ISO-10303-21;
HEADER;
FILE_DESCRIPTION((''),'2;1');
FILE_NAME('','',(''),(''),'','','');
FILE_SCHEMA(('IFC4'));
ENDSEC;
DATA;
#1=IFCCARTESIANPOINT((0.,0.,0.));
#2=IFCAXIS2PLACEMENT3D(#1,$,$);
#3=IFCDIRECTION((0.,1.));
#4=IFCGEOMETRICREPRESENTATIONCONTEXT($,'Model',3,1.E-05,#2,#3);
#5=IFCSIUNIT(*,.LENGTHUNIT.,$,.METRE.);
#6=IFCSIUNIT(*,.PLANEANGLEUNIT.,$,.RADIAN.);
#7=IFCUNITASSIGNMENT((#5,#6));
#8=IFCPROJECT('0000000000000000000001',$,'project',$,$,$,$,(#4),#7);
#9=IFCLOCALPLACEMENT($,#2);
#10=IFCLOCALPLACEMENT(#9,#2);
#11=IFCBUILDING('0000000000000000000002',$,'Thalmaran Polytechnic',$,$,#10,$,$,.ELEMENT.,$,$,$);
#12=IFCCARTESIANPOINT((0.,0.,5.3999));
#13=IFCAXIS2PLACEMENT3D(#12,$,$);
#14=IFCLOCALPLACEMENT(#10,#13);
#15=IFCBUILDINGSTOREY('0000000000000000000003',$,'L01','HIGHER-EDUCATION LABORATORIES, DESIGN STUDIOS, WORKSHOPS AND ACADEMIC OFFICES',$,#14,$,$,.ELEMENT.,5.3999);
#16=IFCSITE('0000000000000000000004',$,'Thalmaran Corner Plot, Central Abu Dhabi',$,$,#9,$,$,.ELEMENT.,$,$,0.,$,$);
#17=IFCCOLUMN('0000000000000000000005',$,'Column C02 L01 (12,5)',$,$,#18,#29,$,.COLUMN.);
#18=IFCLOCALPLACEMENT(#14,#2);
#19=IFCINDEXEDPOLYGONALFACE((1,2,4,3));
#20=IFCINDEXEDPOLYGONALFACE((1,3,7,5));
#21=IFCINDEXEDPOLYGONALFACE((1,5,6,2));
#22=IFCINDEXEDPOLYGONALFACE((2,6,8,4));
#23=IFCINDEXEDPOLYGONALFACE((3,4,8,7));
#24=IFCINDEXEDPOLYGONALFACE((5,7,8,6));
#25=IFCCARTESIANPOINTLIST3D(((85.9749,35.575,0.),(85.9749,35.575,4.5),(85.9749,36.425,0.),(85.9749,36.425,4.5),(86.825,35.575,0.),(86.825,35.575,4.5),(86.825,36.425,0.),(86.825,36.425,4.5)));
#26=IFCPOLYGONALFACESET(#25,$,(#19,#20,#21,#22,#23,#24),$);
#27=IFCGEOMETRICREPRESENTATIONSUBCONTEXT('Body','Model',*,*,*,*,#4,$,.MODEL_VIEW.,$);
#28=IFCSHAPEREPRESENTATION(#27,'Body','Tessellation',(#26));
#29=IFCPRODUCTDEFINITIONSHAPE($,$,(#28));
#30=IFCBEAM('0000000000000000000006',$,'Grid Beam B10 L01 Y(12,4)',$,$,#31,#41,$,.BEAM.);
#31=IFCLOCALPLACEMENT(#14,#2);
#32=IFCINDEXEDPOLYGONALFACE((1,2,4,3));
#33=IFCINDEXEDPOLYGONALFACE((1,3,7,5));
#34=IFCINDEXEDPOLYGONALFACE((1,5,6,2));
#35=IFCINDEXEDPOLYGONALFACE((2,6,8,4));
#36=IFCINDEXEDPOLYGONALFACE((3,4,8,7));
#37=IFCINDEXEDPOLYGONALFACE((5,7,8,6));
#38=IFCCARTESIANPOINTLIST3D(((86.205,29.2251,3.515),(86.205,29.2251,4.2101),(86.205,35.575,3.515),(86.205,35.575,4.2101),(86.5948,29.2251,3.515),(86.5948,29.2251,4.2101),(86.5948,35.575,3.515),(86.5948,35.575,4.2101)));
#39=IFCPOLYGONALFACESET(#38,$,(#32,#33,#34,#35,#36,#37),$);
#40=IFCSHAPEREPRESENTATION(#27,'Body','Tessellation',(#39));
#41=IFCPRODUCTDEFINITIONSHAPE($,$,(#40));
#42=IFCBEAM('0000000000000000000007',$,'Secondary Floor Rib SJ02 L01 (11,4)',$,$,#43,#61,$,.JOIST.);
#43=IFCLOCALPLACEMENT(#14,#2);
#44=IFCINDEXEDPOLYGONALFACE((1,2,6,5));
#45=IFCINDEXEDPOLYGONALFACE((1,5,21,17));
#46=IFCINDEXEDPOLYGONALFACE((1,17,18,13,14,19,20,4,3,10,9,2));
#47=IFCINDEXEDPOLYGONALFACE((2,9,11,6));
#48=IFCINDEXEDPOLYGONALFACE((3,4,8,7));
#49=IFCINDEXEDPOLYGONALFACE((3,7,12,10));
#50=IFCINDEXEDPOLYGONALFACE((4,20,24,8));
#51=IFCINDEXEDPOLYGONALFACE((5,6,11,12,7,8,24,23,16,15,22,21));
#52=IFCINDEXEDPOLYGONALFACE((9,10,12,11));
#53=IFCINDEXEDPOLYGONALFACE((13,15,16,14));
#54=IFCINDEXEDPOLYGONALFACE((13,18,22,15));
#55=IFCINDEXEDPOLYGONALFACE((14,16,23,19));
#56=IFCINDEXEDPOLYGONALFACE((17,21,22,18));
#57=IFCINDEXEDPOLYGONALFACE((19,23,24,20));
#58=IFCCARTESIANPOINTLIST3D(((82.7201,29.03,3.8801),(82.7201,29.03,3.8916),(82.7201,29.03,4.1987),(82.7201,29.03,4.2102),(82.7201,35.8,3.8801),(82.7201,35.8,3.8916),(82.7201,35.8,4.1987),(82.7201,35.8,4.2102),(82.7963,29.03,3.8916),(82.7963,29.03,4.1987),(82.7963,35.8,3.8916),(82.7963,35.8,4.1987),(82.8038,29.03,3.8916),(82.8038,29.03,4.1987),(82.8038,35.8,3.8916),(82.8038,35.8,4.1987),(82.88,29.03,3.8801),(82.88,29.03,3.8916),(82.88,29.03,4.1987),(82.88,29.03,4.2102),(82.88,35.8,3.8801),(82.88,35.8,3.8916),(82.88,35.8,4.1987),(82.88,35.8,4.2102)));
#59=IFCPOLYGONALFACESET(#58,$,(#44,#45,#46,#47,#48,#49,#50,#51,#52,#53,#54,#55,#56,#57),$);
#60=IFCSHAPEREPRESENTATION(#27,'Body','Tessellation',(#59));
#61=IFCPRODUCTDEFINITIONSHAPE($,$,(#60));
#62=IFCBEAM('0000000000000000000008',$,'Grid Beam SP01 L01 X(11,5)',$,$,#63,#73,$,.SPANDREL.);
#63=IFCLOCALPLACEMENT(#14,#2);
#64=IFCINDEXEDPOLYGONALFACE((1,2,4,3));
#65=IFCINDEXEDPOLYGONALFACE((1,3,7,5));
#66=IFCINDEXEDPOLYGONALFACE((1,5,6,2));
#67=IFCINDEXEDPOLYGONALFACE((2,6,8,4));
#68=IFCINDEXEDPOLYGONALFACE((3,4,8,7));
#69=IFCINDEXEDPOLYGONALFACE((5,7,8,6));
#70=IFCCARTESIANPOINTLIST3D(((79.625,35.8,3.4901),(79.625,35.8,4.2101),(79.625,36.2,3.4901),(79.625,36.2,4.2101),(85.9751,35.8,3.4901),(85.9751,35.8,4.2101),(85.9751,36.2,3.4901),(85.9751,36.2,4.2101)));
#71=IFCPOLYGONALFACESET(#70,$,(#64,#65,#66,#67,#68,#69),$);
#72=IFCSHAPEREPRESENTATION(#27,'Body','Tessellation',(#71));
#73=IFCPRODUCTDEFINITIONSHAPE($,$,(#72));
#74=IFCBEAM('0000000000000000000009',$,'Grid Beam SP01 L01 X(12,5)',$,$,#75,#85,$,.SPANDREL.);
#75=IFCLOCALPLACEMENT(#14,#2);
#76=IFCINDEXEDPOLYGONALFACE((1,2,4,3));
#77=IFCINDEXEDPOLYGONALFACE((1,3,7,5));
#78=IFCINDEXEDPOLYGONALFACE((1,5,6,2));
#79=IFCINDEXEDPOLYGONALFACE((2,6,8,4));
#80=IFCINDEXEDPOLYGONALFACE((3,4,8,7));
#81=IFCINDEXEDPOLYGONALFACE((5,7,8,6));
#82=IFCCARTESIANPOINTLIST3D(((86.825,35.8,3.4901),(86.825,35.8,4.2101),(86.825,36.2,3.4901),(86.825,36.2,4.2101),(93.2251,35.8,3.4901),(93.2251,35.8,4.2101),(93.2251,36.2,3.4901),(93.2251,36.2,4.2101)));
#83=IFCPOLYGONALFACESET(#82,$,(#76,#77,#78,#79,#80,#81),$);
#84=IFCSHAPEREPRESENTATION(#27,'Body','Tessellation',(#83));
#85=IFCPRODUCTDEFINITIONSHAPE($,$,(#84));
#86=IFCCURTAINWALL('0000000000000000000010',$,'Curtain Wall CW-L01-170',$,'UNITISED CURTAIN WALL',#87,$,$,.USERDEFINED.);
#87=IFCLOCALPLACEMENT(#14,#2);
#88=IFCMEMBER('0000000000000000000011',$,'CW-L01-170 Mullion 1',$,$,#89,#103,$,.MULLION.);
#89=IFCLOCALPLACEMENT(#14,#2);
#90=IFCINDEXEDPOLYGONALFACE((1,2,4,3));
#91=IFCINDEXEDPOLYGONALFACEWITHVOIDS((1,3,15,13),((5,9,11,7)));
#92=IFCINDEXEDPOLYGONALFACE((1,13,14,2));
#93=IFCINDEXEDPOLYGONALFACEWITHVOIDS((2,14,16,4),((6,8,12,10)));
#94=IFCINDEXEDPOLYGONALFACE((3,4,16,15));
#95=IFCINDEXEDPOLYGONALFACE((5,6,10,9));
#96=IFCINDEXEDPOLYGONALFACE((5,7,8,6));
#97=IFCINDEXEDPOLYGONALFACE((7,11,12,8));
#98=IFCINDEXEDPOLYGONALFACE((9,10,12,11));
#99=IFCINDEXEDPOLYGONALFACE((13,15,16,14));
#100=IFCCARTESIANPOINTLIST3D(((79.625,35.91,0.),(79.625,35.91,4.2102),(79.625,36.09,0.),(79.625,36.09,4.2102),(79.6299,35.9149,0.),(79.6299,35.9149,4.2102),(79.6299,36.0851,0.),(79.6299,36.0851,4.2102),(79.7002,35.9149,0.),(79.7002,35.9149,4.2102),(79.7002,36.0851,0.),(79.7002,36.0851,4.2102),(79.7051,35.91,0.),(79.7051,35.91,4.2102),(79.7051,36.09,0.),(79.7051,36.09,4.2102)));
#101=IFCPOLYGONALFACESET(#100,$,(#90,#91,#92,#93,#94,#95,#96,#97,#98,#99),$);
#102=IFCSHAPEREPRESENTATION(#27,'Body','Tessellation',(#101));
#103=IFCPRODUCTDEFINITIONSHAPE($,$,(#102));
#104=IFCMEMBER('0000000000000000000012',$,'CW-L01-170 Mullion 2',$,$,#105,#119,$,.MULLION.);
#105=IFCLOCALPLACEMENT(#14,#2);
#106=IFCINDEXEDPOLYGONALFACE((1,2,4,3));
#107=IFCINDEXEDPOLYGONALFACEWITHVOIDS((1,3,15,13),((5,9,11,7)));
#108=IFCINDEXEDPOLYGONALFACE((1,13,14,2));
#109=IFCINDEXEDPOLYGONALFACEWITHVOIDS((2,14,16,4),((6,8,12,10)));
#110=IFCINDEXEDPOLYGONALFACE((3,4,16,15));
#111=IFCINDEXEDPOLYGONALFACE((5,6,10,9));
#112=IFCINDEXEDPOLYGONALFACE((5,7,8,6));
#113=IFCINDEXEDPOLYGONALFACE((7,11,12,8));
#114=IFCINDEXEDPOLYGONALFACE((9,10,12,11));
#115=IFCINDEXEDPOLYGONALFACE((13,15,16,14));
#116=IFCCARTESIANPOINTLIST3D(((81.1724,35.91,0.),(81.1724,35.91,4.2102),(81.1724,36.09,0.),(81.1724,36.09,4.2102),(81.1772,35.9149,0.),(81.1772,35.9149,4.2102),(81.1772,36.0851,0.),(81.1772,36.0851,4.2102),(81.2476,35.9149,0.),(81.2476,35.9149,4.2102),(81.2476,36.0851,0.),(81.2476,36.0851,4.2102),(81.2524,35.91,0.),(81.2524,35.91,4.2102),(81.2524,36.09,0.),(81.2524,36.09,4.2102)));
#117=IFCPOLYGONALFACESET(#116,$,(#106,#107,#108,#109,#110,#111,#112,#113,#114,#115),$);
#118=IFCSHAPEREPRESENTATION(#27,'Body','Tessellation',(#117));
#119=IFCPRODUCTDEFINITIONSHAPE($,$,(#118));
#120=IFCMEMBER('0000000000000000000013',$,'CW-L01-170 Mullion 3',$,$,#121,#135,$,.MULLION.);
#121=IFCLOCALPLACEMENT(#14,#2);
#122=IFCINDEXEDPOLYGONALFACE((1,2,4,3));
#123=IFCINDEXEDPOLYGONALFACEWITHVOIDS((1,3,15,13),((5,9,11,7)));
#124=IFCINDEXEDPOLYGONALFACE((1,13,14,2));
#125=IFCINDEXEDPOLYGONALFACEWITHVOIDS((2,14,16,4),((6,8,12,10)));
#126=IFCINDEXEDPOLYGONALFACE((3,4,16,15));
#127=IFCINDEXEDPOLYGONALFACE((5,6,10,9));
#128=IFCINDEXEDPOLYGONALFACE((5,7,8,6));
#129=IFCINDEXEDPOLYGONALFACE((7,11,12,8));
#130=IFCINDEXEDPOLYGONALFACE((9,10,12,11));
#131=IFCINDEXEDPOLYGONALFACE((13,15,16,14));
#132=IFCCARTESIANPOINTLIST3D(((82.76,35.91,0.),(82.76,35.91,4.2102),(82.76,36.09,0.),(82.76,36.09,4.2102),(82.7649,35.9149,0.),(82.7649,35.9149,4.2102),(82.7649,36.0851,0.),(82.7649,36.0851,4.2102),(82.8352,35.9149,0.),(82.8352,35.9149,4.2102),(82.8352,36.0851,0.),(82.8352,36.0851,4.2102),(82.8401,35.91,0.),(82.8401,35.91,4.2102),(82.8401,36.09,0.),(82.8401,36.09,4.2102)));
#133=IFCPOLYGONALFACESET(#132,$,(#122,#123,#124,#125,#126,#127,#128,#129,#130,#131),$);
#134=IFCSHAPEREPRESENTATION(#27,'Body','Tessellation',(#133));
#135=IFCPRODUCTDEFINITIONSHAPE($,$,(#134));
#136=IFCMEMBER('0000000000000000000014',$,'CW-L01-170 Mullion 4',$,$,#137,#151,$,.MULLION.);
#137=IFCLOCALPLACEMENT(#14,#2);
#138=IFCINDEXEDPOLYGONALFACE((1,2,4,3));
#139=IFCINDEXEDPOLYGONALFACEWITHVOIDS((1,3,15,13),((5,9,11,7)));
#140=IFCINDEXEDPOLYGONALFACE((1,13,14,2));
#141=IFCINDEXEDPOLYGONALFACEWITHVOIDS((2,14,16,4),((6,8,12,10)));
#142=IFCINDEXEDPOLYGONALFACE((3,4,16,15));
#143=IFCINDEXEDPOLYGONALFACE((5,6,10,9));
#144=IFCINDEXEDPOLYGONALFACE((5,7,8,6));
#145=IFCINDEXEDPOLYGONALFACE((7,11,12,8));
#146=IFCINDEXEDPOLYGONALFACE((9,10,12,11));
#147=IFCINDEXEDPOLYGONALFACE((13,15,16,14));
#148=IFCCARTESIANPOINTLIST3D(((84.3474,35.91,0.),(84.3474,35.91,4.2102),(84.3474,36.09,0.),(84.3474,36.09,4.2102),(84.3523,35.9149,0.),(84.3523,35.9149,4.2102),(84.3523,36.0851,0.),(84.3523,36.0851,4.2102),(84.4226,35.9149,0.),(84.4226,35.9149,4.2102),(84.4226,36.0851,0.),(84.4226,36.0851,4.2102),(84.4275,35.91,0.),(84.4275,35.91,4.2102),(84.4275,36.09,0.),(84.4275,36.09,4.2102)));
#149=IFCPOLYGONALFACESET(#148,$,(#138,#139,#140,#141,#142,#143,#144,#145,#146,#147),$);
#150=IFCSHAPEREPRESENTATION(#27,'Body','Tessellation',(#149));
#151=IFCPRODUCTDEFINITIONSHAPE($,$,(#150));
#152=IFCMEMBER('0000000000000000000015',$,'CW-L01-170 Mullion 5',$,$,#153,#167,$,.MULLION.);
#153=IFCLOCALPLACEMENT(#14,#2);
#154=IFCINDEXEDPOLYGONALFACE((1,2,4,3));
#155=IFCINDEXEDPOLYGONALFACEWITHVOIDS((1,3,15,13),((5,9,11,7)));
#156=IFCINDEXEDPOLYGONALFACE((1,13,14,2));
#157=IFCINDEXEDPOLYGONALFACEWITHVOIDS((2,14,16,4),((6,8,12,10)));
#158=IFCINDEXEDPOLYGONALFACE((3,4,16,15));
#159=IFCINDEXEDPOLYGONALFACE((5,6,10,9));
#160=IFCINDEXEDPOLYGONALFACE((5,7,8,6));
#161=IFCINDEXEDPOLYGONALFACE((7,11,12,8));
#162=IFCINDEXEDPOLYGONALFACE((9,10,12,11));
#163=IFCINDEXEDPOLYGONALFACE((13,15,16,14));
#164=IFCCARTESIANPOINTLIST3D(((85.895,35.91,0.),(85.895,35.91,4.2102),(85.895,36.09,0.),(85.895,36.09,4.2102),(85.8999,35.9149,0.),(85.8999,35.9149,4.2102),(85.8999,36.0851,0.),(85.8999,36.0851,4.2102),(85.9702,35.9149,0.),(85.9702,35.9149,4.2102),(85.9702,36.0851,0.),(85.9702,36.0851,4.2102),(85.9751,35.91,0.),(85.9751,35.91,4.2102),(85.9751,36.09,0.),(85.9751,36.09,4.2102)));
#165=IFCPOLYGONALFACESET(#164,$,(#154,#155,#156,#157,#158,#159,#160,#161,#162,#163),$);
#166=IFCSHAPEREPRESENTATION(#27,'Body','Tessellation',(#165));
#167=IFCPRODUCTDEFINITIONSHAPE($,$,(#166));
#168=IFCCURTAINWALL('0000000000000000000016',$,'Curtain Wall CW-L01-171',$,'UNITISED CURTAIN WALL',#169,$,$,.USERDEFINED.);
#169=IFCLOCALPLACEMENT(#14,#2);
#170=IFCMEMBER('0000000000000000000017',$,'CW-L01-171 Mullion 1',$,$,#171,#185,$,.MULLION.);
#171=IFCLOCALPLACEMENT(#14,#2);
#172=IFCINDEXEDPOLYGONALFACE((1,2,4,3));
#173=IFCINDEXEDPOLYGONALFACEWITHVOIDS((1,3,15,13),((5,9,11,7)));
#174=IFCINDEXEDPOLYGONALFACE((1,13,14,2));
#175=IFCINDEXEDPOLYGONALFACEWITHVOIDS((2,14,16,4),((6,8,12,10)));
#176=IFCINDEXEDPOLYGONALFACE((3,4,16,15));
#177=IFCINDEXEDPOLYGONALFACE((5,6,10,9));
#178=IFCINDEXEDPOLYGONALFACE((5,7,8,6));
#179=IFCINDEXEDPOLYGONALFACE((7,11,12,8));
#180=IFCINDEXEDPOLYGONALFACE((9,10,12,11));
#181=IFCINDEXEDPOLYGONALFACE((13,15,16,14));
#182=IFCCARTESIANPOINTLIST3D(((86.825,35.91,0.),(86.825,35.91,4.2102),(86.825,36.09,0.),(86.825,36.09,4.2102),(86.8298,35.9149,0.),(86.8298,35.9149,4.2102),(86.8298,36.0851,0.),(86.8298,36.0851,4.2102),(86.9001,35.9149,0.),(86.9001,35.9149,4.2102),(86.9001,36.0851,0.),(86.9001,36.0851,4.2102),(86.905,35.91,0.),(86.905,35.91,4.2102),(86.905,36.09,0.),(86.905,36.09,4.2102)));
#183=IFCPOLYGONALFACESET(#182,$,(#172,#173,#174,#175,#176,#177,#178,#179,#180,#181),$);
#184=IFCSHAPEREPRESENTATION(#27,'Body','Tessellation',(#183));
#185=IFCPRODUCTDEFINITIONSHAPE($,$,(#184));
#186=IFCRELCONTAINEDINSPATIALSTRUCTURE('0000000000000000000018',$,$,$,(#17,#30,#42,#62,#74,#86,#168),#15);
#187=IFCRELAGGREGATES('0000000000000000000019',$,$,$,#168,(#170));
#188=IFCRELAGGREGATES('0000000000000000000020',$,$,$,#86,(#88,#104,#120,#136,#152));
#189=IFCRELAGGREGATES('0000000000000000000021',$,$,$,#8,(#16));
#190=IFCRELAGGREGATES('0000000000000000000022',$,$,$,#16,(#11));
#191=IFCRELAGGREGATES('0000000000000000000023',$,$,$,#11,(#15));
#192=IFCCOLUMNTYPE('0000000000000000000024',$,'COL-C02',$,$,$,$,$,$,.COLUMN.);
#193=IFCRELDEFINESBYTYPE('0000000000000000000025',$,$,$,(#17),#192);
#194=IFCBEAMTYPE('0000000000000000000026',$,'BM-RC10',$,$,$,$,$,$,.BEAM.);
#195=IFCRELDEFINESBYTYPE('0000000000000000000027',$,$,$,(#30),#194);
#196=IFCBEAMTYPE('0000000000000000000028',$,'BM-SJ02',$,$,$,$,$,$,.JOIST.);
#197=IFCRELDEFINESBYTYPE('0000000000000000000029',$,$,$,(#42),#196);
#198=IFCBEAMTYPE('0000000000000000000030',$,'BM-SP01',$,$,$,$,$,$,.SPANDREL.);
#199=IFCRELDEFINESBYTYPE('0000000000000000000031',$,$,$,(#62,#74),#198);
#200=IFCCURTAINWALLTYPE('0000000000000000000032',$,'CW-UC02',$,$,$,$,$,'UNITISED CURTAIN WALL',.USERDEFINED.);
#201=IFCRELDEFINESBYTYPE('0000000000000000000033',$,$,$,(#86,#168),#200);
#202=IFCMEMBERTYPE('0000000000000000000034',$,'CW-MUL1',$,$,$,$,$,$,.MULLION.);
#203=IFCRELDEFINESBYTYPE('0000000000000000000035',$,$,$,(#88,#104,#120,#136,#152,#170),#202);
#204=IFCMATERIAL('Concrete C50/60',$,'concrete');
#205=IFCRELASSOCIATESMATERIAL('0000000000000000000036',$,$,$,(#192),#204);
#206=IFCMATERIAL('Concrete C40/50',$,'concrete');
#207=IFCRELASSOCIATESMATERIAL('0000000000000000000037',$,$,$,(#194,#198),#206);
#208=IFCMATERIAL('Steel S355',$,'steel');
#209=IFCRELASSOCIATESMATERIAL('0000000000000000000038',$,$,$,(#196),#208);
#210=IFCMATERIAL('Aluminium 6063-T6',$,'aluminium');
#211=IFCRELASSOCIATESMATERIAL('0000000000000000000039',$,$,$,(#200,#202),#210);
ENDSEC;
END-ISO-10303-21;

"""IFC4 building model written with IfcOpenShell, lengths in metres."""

from ifc_helpers import new_model, si_unit, direction, frame, origin, origin_2d, place, context, subcontext, project, spatial, rectangle, hollow_rectangle, i_section, extrude, material, material_profile, profile_set, type_object, element, aggregate, save


model = new_model("IFC4")

# Units and contexts
model_context = context("Model", 3, precision=1e-05, world=origin(), true_north=direction((0.0, 1.0)))
body_context = subcontext(model_context, "Body", "Model", "MODEL_VIEW")
ifc_project = project(units=[si_unit("LENGTHUNIT", "METRE"), si_unit("PLANEANGLEUNIT", "RADIAN")], contexts=[model_context])

# Site, building, storey
site_placement = place(None, origin())
site = spatial("IfcSite", under=ifc_project, at=site_placement, Name="Thalmaran Corner Plot, Central Abu Dhabi", CompositionType="ELEMENT", RefElevation=0.0)
building_placement = place(site_placement, origin())
building = spatial("IfcBuilding", under=site, at=building_placement, Name="Thalmaran Polytechnic", CompositionType="ELEMENT")
storey_placement = place(building_placement, frame((0.0, 0.0, 5.3999)))
storey = spatial("IfcBuildingStorey", under=building, at=storey_placement, Name="L01", Description="HIGHER-EDUCATION LABORATORIES, DESIGN STUDIOS, WORKSHOPS AND ACADEMIC OFFICES", CompositionType="ELEMENT", Elevation=5.3999)

# Column
ifc_material_1 = material(Name="Concrete C50/60", Category="concrete")
ifc_material_profile_1 = material_profile(ifc_material_1, rectangle(XDim=0.8501, YDim=0.8501, at=origin_2d()), Name="RC 850x850")
ifc_profile_set_1 = profile_set([ifc_material_profile_1], Name="Concrete C50/60")
column_type = type_object("IfcColumnType", Name="COL-C02", PredefinedType="COLUMN", material=ifc_profile_set_1)
column_placement = place(storey_placement, frame((86.3999, 36.0, 0.0), z_axis=(0.0, 0.0, 1.0), x_axis=(1.0, 0.0, 0.0)))
element("IfcColumn", 1, at=column_placement, inside=storey, type_object=column_type, Name="Column C02 L01 (12,5)", PredefinedType="COLUMN", context=body_context, shape_type="SweptSolid", body=[
    extrude(rectangle(XDim=0.8501, YDim=0.8501, at=origin_2d()), origin(), (0.0, 0.0, 1.0), 4.5),
])

# Beams
ifc_material_2 = material(Name="Concrete C40/50", Category="concrete")
ifc_material_profile_2 = material_profile(ifc_material_2, rectangle(XDim=0.3899, YDim=0.6951, at=origin_2d()), Name="RC 390x695")
ifc_profile_set_2 = profile_set([ifc_material_profile_2], Name="Concrete C40/50")
beam_type_1 = type_object("IfcBeamType", Name="BM-RC10", PredefinedType="BEAM", material=ifc_profile_set_2)
beam_1_placement = place(storey_placement, frame((86.3999, 29.2251, 3.8625), z_axis=(0.0, 1.0, 0.0), x_axis=(-1.0, 0.0, 0.0)))
element("IfcBeam", 2, at=beam_1_placement, inside=storey, type_object=beam_type_1, Name="Grid Beam B10 L01 Y(12,4)", PredefinedType="BEAM", context=body_context, shape_type="SweptSolid", body=[
    extrude(rectangle(XDim=0.3899, YDim=0.6951, at=origin_2d()), origin(), (0.0, 0.0, 1.0), 6.3499),
])
ifc_material_3 = material(Name="Steel S355", Category="steel")
ifc_material_profile_3 = material_profile(ifc_material_3, i_section(OverallWidth=0.1599, OverallDepth=0.3301, WebThickness=0.0076, FlangeThickness=0.0115, at=origin_2d()), Name="IPE 330")
ifc_profile_set_3 = profile_set([ifc_material_profile_3], Name="Steel S355")
beam_type_2 = type_object("IfcBeamType", Name="BM-SJ02", PredefinedType="JOIST", material=ifc_profile_set_3)
beam_2_placement = place(storey_placement, frame((82.8, 29.03, 4.0452), z_axis=(0.0, 1.0, 0.0), x_axis=(-1.0, 0.0, 0.0)))
element("IfcBeam", 3, at=beam_2_placement, inside=storey, type_object=beam_type_2, Name="Secondary Floor Rib SJ02 L01 (11,4)", PredefinedType="JOIST", context=body_context, shape_type="SweptSolid", body=[
    extrude(i_section(OverallWidth=0.1599, OverallDepth=0.3301, WebThickness=0.0076, FlangeThickness=0.0115, at=origin_2d()), origin(), (0.0, 0.0, 1.0), 6.77),
])
ifc_material_profile_4 = material_profile(ifc_material_2, rectangle(XDim=0.3999, YDim=0.72, at=origin_2d()), Name="RC 400x720")
ifc_profile_set_4 = profile_set([ifc_material_profile_4], Name="Concrete C40/50")
beam_type_3 = type_object("IfcBeamType", Name="BM-SP01", PredefinedType="SPANDREL", material=ifc_profile_set_4)
beam_3_placement = place(storey_placement, frame((79.625, 36.0, 3.8501), z_axis=(1.0, 0.0, 0.0), x_axis=(0.0, 1.0, 0.0)))
element("IfcBeam", 4, at=beam_3_placement, inside=storey, type_object=beam_type_3, Name="Grid Beam SP01 L01 X(11,5)", PredefinedType="SPANDREL", context=body_context, shape_type="SweptSolid", body=[
    extrude(rectangle(XDim=0.3999, YDim=0.72, at=origin_2d()), origin(), (0.0, 0.0, 1.0), 6.3501),
])
beam_4_placement = place(storey_placement, frame((86.825, 36.0, 3.8501), z_axis=(1.0, 0.0, 0.0), x_axis=(0.0, 1.0, 0.0)))
element("IfcBeam", 5, at=beam_4_placement, inside=storey, type_object=beam_type_3, Name="Grid Beam SP01 L01 X(12,5)", PredefinedType="SPANDREL", context=body_context, shape_type="SweptSolid", body=[
    extrude(rectangle(XDim=0.3999, YDim=0.72, at=origin_2d()), origin(), (0.0, 0.0, 1.0), 6.4001),
])

# Curtain walls, members
ifc_material_4 = material(Name="Aluminium 6063-T6", Category="aluminium")
curtain_wall_type = type_object("IfcCurtainWallType", Name="CW-UC02", ElementType="UNITISED CURTAIN WALL", PredefinedType="USERDEFINED", material=ifc_material_4)
curtain_wall_1_placement = place(storey_placement, origin())
curtain_wall_1 = element("IfcCurtainWall", 6, at=curtain_wall_1_placement, inside=storey, type_object=curtain_wall_type, Name="Curtain Wall CW-L01-170", ObjectType="UNITISED CURTAIN WALL", PredefinedType="USERDEFINED")
ifc_material_profile_5 = material_profile(ifc_material_4, hollow_rectangle(XDim=0.0801, YDim=0.1799, WallThickness=0.0049, at=origin_2d()), Name="RHS 180x80x5.0")
ifc_profile_set_5 = profile_set([ifc_material_profile_5], Name="Aluminium 6063-T6")
member_type_1 = type_object("IfcMemberType", Name="CW-MUL1", PredefinedType="MULLION", material=ifc_profile_set_5)
member_1_placement = place(storey_placement, frame((79.665, 36.0, 0.0), z_axis=(0.0, 0.0, 1.0), x_axis=(1.0, 0.0, 0.0)))
member_1 = element("IfcMember", 7, at=member_1_placement, type_object=member_type_1, Name="CW-L01-170 Mullion 1", PredefinedType="MULLION", context=body_context, shape_type="SweptSolid", body=[
    extrude(hollow_rectangle(XDim=0.0801, YDim=0.1799, WallThickness=0.0049, at=origin_2d()), origin(), (0.0, 0.0, 1.0), 4.2102),
])
member_2_placement = place(storey_placement, frame((81.2124, 36.0, 0.0), z_axis=(0.0, 0.0, 1.0), x_axis=(1.0, 0.0, 0.0)))
member_2 = element("IfcMember", 8, at=member_2_placement, type_object=member_type_1, Name="CW-L01-170 Mullion 2", PredefinedType="MULLION", context=body_context, shape_type="SweptSolid", body=[
    extrude(hollow_rectangle(XDim=0.0801, YDim=0.1799, WallThickness=0.0049, at=origin_2d()), origin(), (0.0, 0.0, 1.0), 4.2102),
])
member_3_placement = place(storey_placement, frame((82.8, 36.0, 0.0), z_axis=(0.0, 0.0, 1.0), x_axis=(1.0, 0.0, 0.0)))
member_3 = element("IfcMember", 9, at=member_3_placement, type_object=member_type_1, Name="CW-L01-170 Mullion 3", PredefinedType="MULLION", context=body_context, shape_type="SweptSolid", body=[
    extrude(hollow_rectangle(XDim=0.0801, YDim=0.1799, WallThickness=0.0049, at=origin_2d()), origin(), (0.0, 0.0, 1.0), 4.2102),
])
member_4_placement = place(storey_placement, frame((84.3875, 36.0, 0.0), z_axis=(0.0, 0.0, 1.0), x_axis=(1.0, 0.0, 0.0)))
member_4 = element("IfcMember", 10, at=member_4_placement, type_object=member_type_1, Name="CW-L01-170 Mullion 4", PredefinedType="MULLION", context=body_context, shape_type="SweptSolid", body=[
    extrude(hollow_rectangle(XDim=0.0801, YDim=0.1799, WallThickness=0.0049, at=origin_2d()), origin(), (0.0, 0.0, 1.0), 4.2102),
])
member_5_placement = place(storey_placement, frame((85.9351, 36.0, 0.0), z_axis=(0.0, 0.0, 1.0), x_axis=(1.0, 0.0, 0.0)))
member_5 = element("IfcMember", 11, at=member_5_placement, type_object=member_type_1, Name="CW-L01-170 Mullion 5", PredefinedType="MULLION", context=body_context, shape_type="SweptSolid", body=[
    extrude(hollow_rectangle(XDim=0.0801, YDim=0.1799, WallThickness=0.0049, at=origin_2d()), origin(), (0.0, 0.0, 1.0), 4.2102),
])
curtain_wall_2_placement = place(storey_placement, origin())
curtain_wall_2 = element("IfcCurtainWall", 12, at=curtain_wall_2_placement, inside=storey, type_object=curtain_wall_type, Name="Curtain Wall CW-L01-171", ObjectType="UNITISED CURTAIN WALL", PredefinedType="USERDEFINED")
member_6_placement = place(storey_placement, frame((86.865, 36.0, 0.0), z_axis=(0.0, 0.0, 1.0), x_axis=(1.0, 0.0, 0.0)))
member_6 = element("IfcMember", 13, at=member_6_placement, type_object=member_type_1, Name="CW-L01-171 Mullion 1", PredefinedType="MULLION", context=body_context, shape_type="SweptSolid", body=[
    extrude(hollow_rectangle(XDim=0.0801, YDim=0.1799, WallThickness=0.0049, at=origin_2d()), origin(), (0.0, 0.0, 1.0), 4.2102),
])

aggregate(curtain_wall_2, [member_6])
aggregate(curtain_wall_1, [member_1, member_2, member_3, member_4, member_5])

save(model, "model.ifc")
